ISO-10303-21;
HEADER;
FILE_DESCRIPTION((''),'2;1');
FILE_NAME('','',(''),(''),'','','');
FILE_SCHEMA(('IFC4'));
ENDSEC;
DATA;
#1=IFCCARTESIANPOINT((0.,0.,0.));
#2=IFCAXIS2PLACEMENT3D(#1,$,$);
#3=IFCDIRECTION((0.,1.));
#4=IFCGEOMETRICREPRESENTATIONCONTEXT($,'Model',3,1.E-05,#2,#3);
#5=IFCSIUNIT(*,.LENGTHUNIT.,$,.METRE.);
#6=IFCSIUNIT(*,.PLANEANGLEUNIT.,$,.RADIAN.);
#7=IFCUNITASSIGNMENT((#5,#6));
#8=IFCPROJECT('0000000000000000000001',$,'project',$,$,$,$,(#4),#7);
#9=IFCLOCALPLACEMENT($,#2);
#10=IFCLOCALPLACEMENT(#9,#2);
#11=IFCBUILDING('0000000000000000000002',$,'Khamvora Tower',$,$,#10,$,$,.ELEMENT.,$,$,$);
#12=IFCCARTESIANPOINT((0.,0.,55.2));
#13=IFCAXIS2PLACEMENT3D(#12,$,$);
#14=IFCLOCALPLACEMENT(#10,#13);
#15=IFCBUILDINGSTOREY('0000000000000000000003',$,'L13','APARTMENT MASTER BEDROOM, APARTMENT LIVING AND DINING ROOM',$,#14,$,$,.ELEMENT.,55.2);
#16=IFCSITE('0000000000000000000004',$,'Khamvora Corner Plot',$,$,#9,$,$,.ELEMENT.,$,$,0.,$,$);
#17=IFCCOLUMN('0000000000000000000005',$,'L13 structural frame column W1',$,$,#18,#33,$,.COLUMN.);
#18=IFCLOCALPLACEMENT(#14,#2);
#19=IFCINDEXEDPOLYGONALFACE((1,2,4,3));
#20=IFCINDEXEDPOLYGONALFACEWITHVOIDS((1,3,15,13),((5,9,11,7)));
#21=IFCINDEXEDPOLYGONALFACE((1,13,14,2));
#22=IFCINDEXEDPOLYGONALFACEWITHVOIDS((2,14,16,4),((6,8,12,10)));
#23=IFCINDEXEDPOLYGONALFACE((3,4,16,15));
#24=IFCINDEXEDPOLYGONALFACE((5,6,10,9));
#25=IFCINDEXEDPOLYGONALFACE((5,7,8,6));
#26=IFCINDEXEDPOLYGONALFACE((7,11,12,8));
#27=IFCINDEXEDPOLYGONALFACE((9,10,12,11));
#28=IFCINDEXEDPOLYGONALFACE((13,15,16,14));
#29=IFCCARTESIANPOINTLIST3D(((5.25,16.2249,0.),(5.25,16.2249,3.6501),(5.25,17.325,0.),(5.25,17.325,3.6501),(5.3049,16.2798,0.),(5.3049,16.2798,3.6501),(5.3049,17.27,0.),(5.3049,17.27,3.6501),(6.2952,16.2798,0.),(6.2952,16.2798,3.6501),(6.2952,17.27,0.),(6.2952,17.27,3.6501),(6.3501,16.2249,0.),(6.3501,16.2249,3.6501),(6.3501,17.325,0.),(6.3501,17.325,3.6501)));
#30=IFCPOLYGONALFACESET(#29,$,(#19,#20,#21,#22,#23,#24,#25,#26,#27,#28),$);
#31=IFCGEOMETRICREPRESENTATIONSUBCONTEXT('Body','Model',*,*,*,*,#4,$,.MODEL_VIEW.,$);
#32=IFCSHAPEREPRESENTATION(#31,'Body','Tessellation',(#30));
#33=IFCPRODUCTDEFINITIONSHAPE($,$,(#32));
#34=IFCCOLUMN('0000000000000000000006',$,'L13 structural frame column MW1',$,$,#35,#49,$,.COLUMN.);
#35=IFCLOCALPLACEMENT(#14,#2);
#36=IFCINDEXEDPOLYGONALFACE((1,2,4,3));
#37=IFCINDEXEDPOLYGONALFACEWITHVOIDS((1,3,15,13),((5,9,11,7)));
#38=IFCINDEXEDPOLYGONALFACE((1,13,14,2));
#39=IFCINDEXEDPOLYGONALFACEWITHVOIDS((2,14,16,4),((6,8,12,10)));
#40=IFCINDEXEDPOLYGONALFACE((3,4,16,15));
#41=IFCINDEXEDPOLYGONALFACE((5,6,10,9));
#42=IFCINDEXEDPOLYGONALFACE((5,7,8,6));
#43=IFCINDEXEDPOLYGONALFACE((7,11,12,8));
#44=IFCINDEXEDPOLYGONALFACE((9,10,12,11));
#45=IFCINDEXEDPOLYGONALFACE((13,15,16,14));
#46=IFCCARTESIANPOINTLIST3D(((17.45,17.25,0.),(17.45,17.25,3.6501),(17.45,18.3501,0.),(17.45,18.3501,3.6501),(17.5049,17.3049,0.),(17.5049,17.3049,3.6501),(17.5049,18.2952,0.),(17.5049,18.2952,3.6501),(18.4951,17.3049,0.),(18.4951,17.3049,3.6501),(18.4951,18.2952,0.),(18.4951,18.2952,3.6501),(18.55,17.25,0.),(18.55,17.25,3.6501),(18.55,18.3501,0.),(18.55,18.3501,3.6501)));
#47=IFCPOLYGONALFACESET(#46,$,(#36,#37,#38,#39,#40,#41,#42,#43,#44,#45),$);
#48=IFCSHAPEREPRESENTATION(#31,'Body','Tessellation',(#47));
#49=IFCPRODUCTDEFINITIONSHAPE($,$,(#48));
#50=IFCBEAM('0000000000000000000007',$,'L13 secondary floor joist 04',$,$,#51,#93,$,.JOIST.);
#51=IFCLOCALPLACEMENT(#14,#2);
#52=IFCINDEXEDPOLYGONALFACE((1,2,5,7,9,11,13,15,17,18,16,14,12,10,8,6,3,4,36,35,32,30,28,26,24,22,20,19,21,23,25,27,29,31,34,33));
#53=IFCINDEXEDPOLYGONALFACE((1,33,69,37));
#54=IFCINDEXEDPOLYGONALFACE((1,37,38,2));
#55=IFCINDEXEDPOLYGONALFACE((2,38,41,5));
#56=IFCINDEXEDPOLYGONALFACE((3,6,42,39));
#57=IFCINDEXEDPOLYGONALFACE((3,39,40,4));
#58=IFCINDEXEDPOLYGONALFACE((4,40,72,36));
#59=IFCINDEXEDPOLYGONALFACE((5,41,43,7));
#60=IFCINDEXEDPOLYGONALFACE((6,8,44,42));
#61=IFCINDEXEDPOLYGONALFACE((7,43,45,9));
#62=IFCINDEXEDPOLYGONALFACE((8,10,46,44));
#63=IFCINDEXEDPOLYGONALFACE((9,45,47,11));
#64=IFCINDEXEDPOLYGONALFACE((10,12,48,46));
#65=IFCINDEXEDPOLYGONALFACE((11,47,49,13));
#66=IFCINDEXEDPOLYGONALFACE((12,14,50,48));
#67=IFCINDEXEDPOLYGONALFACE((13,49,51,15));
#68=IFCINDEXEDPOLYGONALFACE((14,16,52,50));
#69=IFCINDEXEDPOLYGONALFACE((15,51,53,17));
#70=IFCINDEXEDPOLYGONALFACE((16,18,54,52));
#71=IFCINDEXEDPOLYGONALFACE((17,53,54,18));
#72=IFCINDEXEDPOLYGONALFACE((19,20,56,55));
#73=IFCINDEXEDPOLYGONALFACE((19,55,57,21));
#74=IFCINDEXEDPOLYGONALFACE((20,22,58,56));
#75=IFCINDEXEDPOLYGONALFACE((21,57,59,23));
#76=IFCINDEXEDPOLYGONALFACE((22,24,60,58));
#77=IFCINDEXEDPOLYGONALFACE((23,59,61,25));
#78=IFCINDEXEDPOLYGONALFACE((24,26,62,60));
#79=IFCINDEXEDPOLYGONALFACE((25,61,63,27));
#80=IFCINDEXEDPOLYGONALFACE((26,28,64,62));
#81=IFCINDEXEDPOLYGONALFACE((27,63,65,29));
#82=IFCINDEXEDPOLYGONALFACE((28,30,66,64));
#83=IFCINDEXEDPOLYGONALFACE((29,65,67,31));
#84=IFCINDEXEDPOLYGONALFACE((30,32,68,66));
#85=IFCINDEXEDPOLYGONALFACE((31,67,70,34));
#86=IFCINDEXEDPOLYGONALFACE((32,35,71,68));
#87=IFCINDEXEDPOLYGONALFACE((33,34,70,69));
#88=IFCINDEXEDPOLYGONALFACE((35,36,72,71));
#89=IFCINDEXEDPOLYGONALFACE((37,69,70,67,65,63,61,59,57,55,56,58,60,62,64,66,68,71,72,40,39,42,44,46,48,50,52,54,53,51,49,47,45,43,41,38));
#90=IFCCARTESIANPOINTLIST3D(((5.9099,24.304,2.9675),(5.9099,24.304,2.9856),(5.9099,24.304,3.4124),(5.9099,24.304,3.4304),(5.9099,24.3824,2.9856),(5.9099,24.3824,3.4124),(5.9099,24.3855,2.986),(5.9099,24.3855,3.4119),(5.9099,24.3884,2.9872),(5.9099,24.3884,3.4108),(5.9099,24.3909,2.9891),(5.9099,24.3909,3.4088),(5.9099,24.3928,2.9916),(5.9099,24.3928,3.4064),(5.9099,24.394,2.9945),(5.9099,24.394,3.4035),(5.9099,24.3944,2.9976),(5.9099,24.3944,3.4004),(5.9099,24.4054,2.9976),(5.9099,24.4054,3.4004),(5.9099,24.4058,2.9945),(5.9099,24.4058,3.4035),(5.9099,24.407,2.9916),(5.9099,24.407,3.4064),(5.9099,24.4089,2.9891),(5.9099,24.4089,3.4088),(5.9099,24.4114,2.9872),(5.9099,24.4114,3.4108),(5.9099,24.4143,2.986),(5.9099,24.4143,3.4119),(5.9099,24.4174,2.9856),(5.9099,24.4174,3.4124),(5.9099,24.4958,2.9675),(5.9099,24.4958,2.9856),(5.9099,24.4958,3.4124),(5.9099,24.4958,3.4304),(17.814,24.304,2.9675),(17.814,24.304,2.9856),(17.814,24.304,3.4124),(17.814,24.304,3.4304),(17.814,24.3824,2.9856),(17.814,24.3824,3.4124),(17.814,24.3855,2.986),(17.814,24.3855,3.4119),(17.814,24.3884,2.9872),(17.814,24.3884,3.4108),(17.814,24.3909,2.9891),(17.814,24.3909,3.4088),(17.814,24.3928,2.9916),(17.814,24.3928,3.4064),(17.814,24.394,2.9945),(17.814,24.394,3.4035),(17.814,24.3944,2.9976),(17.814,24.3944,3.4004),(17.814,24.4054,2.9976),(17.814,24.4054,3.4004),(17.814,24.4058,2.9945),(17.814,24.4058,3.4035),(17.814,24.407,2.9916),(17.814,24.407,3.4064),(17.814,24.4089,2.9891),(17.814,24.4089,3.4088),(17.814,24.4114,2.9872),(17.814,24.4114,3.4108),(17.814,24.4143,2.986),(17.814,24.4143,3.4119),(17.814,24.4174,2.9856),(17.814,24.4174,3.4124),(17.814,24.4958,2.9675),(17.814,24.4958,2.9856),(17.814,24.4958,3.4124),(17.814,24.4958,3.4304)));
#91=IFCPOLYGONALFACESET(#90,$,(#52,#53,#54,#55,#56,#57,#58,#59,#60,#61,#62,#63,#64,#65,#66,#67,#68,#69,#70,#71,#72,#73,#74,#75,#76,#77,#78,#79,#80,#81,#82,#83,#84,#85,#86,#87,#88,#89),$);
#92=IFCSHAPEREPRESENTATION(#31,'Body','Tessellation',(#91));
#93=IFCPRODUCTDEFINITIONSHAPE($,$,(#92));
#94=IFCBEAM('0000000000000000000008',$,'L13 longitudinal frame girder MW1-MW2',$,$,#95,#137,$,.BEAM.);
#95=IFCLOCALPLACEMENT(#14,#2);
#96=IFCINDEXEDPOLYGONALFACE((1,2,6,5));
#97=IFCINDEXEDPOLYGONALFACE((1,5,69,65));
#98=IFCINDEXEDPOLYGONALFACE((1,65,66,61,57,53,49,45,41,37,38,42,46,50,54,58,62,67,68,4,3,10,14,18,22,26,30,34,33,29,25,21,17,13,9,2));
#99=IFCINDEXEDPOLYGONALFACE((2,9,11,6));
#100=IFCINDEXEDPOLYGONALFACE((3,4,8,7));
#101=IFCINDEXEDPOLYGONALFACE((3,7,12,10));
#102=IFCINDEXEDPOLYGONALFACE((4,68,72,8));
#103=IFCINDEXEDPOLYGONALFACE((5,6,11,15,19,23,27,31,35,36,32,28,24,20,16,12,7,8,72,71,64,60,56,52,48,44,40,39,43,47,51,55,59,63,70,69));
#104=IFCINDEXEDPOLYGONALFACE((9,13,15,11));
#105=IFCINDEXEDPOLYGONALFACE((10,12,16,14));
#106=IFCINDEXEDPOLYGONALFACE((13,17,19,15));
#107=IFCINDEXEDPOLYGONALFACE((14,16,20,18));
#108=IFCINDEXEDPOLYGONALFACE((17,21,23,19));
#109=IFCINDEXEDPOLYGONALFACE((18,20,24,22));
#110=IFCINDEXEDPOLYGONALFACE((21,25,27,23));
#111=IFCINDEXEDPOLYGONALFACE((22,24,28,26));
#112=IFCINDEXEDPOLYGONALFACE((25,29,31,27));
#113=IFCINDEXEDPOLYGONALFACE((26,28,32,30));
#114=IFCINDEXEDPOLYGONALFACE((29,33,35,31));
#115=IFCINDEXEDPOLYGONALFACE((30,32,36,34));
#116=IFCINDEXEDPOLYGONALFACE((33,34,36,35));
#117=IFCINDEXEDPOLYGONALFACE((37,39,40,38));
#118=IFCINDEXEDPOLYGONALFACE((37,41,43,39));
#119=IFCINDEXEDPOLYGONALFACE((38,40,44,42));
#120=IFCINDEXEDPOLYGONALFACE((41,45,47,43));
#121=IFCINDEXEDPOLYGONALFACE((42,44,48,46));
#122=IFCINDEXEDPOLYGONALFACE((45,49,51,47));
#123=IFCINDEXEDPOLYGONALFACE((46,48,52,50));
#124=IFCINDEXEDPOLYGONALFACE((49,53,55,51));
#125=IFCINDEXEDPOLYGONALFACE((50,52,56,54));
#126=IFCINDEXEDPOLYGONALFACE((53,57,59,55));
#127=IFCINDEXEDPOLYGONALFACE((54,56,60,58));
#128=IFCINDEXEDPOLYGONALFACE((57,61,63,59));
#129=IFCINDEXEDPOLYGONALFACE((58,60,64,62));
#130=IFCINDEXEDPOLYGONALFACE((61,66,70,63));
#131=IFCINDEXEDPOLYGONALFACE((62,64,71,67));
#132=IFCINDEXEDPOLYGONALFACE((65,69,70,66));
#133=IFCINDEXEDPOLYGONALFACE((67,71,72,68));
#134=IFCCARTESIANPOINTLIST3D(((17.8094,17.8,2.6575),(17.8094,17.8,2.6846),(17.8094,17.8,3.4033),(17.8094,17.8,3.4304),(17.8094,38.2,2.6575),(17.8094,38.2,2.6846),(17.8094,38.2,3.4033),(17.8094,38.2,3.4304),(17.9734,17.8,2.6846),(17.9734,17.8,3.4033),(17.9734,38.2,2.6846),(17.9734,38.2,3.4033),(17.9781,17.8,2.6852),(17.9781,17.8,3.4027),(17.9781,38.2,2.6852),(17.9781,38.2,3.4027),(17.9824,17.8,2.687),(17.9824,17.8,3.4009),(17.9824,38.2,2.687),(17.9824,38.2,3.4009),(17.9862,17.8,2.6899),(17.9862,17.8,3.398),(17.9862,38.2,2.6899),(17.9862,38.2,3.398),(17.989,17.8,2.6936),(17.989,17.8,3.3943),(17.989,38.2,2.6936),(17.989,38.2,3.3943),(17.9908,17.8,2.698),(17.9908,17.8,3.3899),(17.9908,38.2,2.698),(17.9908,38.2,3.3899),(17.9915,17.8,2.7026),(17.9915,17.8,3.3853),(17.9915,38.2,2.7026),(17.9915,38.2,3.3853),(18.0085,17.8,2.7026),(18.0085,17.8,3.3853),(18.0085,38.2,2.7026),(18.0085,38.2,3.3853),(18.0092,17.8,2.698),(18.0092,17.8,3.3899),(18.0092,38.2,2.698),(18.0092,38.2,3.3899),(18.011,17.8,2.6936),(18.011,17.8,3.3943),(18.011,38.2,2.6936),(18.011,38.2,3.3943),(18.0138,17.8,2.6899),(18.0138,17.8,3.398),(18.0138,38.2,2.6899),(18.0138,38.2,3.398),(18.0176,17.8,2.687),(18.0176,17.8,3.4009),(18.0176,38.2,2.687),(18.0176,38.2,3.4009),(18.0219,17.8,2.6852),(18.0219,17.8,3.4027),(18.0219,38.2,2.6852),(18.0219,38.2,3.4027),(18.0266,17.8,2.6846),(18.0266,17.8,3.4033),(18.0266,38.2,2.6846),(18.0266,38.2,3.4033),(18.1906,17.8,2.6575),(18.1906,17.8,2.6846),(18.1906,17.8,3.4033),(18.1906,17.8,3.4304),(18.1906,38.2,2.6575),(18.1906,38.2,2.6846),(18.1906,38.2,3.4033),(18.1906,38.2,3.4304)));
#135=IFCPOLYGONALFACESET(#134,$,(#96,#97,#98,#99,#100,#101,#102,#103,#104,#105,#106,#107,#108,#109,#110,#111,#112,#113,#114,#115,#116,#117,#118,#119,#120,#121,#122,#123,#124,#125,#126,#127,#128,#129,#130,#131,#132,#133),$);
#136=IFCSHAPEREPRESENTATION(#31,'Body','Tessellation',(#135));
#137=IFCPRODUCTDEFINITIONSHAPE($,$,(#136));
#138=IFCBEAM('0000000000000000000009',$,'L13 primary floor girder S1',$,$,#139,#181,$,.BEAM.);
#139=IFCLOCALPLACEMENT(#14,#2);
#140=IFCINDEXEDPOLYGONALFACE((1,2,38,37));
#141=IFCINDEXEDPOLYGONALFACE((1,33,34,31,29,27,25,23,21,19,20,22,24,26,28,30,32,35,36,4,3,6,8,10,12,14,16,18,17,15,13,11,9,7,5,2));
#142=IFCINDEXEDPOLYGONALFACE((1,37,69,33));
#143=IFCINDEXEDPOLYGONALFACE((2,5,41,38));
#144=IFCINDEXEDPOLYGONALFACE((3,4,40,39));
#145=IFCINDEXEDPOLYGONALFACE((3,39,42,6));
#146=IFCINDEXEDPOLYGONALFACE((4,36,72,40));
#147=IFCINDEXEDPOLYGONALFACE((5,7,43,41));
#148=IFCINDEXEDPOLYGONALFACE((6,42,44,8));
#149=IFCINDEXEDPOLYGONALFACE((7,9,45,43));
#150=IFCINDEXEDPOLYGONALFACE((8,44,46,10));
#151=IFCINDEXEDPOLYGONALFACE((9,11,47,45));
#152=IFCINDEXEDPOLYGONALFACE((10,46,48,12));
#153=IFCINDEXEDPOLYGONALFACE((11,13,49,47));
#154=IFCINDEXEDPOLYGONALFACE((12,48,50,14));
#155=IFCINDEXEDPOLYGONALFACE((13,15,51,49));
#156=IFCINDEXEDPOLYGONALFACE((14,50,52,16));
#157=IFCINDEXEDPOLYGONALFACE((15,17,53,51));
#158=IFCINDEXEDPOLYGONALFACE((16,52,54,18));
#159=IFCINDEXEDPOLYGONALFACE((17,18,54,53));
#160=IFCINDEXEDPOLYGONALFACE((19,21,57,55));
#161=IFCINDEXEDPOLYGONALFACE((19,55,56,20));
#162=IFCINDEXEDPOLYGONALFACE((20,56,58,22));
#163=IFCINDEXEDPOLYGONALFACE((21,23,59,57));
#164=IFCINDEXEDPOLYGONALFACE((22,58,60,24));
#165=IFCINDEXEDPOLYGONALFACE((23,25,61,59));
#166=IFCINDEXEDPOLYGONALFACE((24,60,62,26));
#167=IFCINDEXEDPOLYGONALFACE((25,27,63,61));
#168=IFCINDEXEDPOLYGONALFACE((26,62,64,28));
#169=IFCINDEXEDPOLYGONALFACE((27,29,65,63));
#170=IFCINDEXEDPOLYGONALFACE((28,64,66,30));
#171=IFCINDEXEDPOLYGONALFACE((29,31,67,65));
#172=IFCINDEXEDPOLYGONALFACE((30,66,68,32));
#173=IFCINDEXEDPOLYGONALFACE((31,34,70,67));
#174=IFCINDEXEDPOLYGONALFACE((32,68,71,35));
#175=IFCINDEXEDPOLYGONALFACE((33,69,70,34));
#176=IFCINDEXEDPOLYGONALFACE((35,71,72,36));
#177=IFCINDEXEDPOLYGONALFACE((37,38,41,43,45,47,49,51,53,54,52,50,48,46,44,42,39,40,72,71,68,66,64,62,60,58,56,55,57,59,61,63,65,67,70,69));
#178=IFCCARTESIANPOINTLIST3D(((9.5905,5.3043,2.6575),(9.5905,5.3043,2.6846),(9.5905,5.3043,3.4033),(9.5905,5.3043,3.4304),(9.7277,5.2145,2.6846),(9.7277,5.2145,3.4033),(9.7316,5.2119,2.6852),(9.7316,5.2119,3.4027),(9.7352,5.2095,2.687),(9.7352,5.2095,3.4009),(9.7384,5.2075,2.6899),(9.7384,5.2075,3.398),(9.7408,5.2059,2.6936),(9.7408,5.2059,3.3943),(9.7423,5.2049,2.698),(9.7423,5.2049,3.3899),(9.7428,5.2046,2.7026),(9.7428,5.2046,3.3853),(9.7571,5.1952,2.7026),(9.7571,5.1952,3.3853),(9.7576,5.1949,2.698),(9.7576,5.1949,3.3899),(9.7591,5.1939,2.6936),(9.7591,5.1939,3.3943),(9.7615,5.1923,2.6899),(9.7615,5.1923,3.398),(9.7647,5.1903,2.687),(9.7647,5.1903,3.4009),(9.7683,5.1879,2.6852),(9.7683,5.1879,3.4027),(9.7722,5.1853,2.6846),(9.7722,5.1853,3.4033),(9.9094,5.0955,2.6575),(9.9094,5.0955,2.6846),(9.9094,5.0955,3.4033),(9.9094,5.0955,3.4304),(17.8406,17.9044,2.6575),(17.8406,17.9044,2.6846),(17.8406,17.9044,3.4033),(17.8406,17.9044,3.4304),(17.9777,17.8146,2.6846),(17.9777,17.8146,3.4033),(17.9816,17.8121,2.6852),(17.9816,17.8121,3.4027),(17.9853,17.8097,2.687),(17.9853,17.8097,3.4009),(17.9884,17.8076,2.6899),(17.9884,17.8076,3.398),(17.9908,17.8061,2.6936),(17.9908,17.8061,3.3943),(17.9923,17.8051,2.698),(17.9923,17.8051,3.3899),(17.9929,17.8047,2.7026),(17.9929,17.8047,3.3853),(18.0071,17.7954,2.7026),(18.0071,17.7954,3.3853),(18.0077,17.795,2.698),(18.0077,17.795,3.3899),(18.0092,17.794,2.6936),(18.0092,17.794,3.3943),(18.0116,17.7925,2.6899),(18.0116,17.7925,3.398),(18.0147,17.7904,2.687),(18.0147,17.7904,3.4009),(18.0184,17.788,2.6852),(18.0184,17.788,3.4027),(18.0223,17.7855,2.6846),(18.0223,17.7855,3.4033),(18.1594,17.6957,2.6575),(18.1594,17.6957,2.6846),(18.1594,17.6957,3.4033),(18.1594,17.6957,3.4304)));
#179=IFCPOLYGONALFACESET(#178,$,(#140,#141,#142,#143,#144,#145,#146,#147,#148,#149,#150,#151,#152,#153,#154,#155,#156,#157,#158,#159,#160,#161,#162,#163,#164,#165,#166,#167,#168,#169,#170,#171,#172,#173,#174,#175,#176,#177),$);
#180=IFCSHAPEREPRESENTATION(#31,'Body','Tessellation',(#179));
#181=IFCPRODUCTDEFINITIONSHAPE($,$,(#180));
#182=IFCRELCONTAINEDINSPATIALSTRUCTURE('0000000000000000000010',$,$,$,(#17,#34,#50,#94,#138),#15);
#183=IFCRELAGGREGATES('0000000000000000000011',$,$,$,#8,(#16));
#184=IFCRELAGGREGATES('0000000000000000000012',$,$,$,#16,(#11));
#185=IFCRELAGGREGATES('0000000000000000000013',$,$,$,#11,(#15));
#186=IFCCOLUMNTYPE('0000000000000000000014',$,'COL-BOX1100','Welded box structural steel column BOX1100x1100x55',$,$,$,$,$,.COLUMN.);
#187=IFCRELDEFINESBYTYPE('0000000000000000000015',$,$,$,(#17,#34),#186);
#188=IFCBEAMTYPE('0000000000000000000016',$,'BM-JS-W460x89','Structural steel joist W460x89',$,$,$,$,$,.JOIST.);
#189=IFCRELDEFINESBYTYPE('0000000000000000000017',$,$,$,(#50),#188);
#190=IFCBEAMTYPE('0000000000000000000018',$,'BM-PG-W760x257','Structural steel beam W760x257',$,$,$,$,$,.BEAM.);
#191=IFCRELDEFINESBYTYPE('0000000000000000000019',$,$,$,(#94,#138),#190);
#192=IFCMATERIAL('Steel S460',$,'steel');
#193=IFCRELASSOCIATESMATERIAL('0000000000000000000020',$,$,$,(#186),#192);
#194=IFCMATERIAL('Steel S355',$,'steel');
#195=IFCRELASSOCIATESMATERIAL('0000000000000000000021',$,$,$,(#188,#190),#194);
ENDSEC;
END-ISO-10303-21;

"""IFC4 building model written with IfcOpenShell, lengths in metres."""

from ifc_helpers import new_model, si_unit, direction, frame, origin, origin_2d, place, context, subcontext, project, spatial, hollow_rectangle, i_section, extrude, material, material_profile, profile_set, type_object, element, save


model = new_model("IFC4")

# Units and contexts
model_context = context("Model", 3, precision=1e-05, world=origin(), true_north=direction((0.0, 1.0)))
body_context = subcontext(model_context, "Body", "Model", "MODEL_VIEW")
ifc_project = project(units=[si_unit("LENGTHUNIT", "METRE"), si_unit("PLANEANGLEUNIT", "RADIAN")], contexts=[model_context])

# Site, building, storey
site_placement = place(None, origin())
site = spatial("IfcSite", under=ifc_project, at=site_placement, Name="Khamvora Corner Plot", CompositionType="ELEMENT", RefElevation=0.0)
building_placement = place(site_placement, origin())
building = spatial("IfcBuilding", under=site, at=building_placement, Name="Khamvora Tower", CompositionType="ELEMENT")
storey_placement = place(building_placement, frame((0.0, 0.0, 55.2)))
storey = spatial("IfcBuildingStorey", under=building, at=storey_placement, Name="L13", Description="APARTMENT MASTER BEDROOM, APARTMENT LIVING AND DINING ROOM", CompositionType="ELEMENT", Elevation=55.2)

# Columns
ifc_material_1 = material(Name="Steel S460", Category="steel")
ifc_material_profile_1 = material_profile(ifc_material_1, hollow_rectangle(XDim=1.1001, YDim=1.1001, WallThickness=0.0549, at=origin_2d()), Name="BOX1100x1100x55")
ifc_profile_set_1 = profile_set([ifc_material_profile_1], Name="Steel S460")
column_type = type_object("IfcColumnType", Name="COL-BOX1100", Description="Welded box structural steel column BOX1100x1100x55", PredefinedType="COLUMN", material=ifc_profile_set_1)
for number, where, z_axis, x_axis, name in (
    (1, (5.8, 16.7749, 0.0), (0.0, 0.0, 1.0), (1.0, 0.0, 0.0), "L13 structural frame column W1"),
    (2, (18.0, 17.8, 0.0), (0.0, 0.0, 1.0), (1.0, 0.0, 0.0), "L13 structural frame column MW1"),
):
    element("IfcColumn", number, at=place(storey_placement, frame(where, z_axis=z_axis, x_axis=x_axis)), inside=storey, type_object=column_type, Name=name, PredefinedType="COLUMN", context=body_context, shape_type="SweptSolid", body=[
        extrude(hollow_rectangle(XDim=1.1001, YDim=1.1001, WallThickness=0.0549, at=origin_2d()), origin(), (0.0, 0.0, 1.0), 3.6501),
    ])

# Beams
ifc_material_2 = material(Name="Steel S355", Category="steel")
ifc_material_profile_2 = material_profile(ifc_material_2, i_section(OverallWidth=0.1919, OverallDepth=0.4629, WebThickness=0.011, FlangeThickness=0.0181, FilletRadius=0.012, at=origin_2d()), Name="W460x89")
ifc_profile_set_2 = profile_set([ifc_material_profile_2], Name="Steel S355")
beam_type_1 = type_object("IfcBeamType", Name="BM-JS-W460x89", Description="Structural steel joist W460x89", PredefinedType="JOIST", material=ifc_profile_set_2)
beam_1_placement = place(storey_placement, frame((5.9099, 24.3999, 3.199), z_axis=(1.0, 0.0, 0.0), x_axis=(0.0, 1.0, 0.0)))
element("IfcBeam", 3, at=beam_1_placement, inside=storey, type_object=beam_type_1, Name="L13 secondary floor joist 04", PredefinedType="JOIST", context=body_context, shape_type="SweptSolid", body=[
    extrude(i_section(OverallWidth=0.1919, OverallDepth=0.4629, WebThickness=0.011, FlangeThickness=0.0181, FilletRadius=0.012, at=origin_2d()), origin(), (0.0, 0.0, 1.0), 11.9041),
])
ifc_material_profile_3 = material_profile(ifc_material_2, i_section(OverallWidth=0.3811, OverallDepth=0.7729, WebThickness=0.0171, FlangeThickness=0.0271, FilletRadius=0.0181, at=origin_2d()), Name="W760x257")
ifc_profile_set_3 = profile_set([ifc_material_profile_3], Name="Steel S355")
beam_type_2 = type_object("IfcBeamType", Name="BM-PG-W760x257", Description="Structural steel beam W760x257", PredefinedType="BEAM", material=ifc_profile_set_3)
beam_2_placement = place(storey_placement, frame((18.0, 17.8, 3.0439), z_axis=(0.0, 1.0, 0.0), x_axis=(-1.0, 0.0, 0.0)))
element("IfcBeam", 4, at=beam_2_placement, inside=storey, type_object=beam_type_2, Name="L13 longitudinal frame girder MW1-MW2", PredefinedType="BEAM", context=body_context, shape_type="SweptSolid", body=[
    extrude(i_section(OverallWidth=0.3811, OverallDepth=0.7729, WebThickness=0.0171, FlangeThickness=0.0271, FilletRadius=0.0181, at=origin_2d()), origin(), (0.0, 0.0, 1.0), 20.3999),
])
beam_3_placement = place(storey_placement, frame((18.0, 17.8, 3.0439), z_axis=(-0.547783, -0.83662, 0.0), x_axis=(0.83662, -0.547783, 0.0)))
element("IfcBeam", 5, at=beam_3_placement, inside=storey, type_object=beam_type_2, Name="L13 primary floor girder S1", PredefinedType="BEAM", context=body_context, shape_type="SweptSolid", body=[
    extrude(i_section(OverallWidth=0.3811, OverallDepth=0.7729, WebThickness=0.0171, FlangeThickness=0.0271, FilletRadius=0.0181, at=origin_2d()), origin(), (0.0, 0.0, 1.0), 15.0608),
])

save(model, "model.ifc")
